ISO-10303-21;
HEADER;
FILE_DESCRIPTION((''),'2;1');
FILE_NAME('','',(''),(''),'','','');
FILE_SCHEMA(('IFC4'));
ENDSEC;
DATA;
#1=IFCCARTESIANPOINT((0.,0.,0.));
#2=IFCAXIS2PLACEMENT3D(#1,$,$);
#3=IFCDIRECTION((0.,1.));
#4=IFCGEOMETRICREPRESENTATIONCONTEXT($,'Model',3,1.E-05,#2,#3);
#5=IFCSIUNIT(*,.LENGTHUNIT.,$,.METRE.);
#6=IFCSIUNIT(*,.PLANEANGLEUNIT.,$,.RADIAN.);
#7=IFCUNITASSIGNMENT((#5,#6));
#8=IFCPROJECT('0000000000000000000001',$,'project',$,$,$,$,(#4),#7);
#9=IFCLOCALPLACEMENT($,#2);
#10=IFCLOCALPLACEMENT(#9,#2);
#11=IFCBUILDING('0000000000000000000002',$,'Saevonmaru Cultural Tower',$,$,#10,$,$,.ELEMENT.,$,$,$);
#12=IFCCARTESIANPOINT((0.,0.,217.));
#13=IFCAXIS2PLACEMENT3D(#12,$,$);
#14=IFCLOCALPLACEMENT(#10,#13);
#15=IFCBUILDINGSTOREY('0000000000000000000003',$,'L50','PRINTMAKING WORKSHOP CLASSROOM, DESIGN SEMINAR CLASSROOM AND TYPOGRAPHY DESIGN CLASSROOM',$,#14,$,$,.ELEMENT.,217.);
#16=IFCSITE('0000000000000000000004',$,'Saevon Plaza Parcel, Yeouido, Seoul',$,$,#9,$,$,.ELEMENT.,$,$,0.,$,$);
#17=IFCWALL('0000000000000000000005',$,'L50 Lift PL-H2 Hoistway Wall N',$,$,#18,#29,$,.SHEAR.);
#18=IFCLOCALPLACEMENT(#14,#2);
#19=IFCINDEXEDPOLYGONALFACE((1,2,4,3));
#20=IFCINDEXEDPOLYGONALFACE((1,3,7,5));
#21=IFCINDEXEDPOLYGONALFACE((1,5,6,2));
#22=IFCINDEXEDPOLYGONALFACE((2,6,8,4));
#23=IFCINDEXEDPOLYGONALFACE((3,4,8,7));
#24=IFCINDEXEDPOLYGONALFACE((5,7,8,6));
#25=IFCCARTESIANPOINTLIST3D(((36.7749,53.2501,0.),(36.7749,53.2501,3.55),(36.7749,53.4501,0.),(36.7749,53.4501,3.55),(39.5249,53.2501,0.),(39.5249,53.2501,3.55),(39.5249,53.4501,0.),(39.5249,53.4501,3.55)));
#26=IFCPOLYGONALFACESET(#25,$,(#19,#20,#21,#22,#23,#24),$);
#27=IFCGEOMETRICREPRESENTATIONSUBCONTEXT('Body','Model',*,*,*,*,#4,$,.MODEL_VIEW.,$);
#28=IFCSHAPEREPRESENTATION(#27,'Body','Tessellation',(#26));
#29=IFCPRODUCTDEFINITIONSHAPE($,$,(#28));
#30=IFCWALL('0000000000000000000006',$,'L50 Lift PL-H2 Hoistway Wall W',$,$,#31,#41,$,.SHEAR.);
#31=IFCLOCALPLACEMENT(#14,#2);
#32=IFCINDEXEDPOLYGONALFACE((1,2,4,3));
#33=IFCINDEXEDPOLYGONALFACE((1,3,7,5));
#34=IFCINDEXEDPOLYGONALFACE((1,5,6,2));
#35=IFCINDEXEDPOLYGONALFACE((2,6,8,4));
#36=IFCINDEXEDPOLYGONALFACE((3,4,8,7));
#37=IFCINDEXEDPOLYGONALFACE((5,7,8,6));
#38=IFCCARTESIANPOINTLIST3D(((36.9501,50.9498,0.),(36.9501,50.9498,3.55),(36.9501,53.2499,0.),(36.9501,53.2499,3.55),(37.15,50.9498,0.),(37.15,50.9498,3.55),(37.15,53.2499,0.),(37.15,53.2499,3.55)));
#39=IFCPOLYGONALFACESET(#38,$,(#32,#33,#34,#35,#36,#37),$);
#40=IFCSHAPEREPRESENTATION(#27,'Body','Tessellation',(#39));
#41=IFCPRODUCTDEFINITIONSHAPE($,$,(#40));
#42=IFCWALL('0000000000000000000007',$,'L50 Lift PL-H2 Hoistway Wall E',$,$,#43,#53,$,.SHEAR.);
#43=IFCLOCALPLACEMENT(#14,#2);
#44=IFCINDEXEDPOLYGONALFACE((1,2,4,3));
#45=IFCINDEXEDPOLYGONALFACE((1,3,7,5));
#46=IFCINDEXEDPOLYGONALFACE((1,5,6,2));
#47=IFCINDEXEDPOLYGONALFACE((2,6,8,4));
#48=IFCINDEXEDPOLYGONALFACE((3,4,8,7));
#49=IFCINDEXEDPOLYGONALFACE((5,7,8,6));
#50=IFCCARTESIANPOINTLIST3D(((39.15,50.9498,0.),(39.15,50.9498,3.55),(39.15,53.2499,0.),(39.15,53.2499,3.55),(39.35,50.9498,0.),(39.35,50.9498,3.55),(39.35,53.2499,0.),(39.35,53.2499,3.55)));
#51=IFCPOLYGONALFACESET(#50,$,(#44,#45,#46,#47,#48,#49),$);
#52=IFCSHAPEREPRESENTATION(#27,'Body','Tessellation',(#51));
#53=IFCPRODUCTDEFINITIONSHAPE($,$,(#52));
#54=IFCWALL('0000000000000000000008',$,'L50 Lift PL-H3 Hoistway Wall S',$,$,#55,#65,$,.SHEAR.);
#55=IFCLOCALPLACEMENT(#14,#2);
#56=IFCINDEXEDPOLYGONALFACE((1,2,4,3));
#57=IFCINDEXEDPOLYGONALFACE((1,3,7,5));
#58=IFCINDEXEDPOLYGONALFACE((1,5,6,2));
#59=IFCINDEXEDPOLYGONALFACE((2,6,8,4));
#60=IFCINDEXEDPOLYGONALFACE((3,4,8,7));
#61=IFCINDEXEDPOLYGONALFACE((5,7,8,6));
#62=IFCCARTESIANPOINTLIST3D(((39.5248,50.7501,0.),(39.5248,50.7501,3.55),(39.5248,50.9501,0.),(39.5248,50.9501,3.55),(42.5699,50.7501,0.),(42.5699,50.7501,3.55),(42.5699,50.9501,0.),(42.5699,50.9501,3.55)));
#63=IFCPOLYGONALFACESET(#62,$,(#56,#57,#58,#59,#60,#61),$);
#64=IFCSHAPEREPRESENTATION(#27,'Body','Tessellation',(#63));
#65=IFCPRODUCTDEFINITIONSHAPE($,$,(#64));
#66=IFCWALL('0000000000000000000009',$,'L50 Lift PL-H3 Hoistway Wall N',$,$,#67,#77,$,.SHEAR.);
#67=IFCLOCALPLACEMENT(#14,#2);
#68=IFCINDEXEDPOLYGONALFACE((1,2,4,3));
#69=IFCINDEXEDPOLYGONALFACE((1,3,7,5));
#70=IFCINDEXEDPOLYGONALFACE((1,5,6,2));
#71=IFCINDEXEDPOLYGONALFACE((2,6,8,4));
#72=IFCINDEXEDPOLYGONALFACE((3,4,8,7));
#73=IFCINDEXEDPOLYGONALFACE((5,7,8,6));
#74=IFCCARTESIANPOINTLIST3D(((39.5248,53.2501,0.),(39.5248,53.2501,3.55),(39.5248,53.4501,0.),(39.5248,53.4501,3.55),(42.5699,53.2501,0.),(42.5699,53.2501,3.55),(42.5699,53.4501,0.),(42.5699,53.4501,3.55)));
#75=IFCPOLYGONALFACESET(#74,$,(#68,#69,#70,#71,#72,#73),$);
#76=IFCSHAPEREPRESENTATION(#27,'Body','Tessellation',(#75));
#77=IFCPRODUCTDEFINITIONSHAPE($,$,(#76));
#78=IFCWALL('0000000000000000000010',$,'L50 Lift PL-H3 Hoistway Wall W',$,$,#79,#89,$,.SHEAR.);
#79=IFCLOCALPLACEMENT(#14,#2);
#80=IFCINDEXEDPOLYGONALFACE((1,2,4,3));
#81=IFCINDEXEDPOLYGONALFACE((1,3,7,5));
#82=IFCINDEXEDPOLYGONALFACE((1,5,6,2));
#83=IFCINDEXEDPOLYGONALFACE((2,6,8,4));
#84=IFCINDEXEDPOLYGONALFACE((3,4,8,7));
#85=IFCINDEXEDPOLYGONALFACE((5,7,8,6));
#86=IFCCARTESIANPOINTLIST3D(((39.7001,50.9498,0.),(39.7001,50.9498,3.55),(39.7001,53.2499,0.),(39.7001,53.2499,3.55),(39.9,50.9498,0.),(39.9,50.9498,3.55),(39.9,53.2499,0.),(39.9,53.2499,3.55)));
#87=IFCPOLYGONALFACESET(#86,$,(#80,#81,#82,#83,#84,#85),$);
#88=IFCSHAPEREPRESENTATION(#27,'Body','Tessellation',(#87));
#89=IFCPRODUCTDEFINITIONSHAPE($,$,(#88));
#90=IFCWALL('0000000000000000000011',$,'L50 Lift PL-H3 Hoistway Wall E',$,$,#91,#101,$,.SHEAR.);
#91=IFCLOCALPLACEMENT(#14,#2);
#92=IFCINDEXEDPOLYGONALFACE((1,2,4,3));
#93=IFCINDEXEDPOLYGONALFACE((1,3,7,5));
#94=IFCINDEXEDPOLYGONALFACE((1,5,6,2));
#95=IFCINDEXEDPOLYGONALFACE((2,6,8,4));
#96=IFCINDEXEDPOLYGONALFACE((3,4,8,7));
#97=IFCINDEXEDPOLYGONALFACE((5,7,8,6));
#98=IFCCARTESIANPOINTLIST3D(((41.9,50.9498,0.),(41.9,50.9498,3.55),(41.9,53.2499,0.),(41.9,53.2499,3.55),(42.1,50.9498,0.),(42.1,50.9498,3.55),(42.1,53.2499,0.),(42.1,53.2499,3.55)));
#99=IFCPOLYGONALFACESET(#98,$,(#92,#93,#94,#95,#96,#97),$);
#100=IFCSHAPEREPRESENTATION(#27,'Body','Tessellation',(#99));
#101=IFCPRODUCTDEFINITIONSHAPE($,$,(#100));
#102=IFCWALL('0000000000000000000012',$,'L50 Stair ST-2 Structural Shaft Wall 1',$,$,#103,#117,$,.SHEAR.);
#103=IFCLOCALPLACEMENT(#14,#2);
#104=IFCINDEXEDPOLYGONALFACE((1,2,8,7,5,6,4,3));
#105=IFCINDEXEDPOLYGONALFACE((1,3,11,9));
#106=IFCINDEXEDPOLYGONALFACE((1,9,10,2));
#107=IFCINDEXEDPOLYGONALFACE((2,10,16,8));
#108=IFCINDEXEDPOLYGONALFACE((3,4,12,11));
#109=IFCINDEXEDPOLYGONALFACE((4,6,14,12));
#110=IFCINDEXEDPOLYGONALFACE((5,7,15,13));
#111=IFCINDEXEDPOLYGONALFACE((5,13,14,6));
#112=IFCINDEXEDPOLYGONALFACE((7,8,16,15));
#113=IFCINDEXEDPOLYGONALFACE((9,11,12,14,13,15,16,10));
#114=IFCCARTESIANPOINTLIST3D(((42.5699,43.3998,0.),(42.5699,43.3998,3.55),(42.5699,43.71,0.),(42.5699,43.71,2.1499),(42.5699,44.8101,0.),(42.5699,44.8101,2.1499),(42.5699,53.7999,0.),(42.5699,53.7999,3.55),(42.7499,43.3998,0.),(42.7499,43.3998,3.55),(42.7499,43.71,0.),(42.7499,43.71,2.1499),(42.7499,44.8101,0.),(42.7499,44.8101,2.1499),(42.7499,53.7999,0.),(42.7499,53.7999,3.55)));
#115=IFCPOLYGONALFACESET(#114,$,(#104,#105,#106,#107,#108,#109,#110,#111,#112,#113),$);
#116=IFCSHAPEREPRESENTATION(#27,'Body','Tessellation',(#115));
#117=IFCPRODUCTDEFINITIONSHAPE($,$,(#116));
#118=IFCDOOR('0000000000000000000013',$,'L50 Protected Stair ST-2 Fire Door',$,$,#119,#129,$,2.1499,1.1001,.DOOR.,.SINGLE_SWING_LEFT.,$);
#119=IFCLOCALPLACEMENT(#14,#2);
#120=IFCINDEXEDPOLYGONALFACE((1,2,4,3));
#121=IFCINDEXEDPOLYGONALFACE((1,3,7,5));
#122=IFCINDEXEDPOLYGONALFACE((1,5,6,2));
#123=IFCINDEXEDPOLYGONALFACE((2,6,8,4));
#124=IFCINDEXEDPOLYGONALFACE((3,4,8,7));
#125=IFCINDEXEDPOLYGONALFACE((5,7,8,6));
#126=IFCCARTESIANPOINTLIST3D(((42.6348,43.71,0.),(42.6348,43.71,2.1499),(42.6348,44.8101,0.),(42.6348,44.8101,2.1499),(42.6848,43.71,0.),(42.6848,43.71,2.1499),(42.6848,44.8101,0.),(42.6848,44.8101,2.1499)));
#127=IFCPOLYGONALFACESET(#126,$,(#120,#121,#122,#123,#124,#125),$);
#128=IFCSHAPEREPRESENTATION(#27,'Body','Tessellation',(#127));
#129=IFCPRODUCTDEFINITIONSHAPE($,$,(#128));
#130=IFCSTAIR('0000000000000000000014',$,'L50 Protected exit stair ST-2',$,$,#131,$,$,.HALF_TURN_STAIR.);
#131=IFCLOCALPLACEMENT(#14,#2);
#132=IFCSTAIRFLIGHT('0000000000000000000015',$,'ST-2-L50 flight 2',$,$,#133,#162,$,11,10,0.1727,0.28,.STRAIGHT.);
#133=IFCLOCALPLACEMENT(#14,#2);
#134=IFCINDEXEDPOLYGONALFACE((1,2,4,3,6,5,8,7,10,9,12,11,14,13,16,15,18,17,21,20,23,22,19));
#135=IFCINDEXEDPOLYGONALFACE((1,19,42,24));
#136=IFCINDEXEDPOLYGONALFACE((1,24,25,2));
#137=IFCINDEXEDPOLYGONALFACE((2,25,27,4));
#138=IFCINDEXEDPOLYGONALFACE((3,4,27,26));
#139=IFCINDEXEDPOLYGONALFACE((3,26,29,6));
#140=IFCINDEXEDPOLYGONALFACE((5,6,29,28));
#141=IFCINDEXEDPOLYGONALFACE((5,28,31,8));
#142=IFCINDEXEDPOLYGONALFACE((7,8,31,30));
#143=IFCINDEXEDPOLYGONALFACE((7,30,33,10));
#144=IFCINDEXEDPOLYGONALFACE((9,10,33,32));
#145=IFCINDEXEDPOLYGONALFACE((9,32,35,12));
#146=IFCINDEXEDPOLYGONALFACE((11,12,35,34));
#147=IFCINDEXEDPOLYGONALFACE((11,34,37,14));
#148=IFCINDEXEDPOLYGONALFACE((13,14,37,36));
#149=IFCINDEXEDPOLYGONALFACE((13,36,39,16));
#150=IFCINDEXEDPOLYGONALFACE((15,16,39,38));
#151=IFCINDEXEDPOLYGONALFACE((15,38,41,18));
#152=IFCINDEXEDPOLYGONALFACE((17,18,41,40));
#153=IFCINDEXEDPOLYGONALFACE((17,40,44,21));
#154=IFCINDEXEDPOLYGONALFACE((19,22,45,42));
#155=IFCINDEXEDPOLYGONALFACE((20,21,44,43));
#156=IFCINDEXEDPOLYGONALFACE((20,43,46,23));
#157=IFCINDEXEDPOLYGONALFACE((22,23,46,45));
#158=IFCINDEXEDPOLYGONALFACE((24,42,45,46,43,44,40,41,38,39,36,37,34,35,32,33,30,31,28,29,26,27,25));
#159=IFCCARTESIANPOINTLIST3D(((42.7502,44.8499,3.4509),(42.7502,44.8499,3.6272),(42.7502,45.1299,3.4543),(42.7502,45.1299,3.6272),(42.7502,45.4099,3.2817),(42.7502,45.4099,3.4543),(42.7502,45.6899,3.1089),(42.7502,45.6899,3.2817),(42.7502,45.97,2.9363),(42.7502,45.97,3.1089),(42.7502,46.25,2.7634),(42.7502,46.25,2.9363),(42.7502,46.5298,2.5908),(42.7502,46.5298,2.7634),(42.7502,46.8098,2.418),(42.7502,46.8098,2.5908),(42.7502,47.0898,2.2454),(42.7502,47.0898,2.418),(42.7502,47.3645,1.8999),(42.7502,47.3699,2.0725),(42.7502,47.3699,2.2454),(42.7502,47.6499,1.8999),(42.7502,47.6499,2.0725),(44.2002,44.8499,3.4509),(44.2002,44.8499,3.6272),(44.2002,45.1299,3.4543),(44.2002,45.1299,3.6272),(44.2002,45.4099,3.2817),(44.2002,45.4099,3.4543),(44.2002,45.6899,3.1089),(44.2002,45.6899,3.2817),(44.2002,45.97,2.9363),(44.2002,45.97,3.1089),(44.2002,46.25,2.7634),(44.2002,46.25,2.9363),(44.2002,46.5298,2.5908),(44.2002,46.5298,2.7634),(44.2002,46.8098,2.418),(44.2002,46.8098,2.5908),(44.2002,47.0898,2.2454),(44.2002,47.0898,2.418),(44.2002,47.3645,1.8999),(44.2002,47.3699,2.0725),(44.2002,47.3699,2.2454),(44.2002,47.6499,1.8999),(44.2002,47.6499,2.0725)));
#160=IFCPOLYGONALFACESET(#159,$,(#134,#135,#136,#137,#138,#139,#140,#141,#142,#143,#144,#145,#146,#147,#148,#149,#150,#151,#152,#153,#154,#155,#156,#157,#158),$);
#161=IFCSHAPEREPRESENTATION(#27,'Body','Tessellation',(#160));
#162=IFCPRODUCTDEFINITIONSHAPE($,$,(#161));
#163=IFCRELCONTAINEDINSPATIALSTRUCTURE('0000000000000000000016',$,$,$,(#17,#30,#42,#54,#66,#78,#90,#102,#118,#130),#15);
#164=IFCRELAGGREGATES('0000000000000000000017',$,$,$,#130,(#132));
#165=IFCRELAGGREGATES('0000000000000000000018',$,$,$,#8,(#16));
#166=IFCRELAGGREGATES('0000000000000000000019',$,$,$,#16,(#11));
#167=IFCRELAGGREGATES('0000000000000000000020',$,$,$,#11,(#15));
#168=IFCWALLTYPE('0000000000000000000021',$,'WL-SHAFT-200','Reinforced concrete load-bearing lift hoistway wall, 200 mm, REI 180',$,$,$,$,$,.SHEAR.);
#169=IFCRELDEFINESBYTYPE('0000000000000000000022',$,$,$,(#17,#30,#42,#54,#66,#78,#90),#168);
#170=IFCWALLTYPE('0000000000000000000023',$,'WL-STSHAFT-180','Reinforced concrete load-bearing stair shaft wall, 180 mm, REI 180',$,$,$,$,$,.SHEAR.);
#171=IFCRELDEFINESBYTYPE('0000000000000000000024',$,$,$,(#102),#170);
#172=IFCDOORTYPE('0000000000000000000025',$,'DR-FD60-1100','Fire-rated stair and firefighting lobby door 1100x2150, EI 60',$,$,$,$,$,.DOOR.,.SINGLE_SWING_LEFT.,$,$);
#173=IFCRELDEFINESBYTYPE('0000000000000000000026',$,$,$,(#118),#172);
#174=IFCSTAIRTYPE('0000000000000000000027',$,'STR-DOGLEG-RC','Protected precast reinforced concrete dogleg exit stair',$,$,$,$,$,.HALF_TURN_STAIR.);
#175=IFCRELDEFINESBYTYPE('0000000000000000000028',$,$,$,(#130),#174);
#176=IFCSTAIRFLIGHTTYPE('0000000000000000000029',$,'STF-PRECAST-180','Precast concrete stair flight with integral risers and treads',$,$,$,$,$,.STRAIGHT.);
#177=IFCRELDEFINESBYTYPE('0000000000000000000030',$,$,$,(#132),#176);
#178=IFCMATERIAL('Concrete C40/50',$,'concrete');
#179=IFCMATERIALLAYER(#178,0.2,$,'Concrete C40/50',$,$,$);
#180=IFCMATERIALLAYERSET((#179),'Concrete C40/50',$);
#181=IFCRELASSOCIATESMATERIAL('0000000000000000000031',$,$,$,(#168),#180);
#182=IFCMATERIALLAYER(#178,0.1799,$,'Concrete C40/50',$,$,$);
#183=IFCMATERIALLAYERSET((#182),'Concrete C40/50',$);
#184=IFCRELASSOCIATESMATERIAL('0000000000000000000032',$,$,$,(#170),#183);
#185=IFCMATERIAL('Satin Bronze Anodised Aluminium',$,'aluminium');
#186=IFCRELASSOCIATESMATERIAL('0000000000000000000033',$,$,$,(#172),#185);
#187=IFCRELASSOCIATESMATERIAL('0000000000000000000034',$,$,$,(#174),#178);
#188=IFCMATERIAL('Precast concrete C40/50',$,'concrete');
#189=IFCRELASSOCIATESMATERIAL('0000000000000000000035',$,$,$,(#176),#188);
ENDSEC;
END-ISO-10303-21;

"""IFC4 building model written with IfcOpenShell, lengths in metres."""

from ifc_helpers import new_model, si_unit, direction, frame, frame_2d, origin, place, context, subcontext, project, spatial, polyline, rectangle, outline, extrude, material, layer, layer_set, type_object, element, fill, aggregate, save


model = new_model("IFC4")

# Units and contexts
model_context = context("Model", 3, precision=1e-05, world=origin(), true_north=direction((0.0, 1.0)))
body_context = subcontext(model_context, "Body", "Model", "MODEL_VIEW")
ifc_project = project(units=[si_unit("LENGTHUNIT", "METRE"), si_unit("PLANEANGLEUNIT", "RADIAN")], contexts=[model_context])

# Site, building, storey
site_placement = place(None, origin())
site = spatial("IfcSite", under=ifc_project, at=site_placement, Name="Saevon Plaza Parcel, Yeouido, Seoul", CompositionType="ELEMENT", RefElevation=0.0)
building_placement = place(site_placement, origin())
building = spatial("IfcBuilding", under=site, at=building_placement, Name="Saevonmaru Cultural Tower", CompositionType="ELEMENT")
storey_placement = place(building_placement, frame((0.0, 0.0, 217.0)))
storey = spatial("IfcBuildingStorey", under=building, at=storey_placement, Name="L50", Description="PRINTMAKING WORKSHOP CLASSROOM, DESIGN SEMINAR CLASSROOM AND TYPOGRAPHY DESIGN CLASSROOM", CompositionType="ELEMENT", Elevation=217.0)

# Shared definitions
ifc_material_1 = material(Name="Satin Bronze Anodised Aluminium", Category="aluminium")

# Walls
ifc_material_2 = material(Name="Concrete C40/50", Category="concrete")
ifc_layer_1 = layer(ifc_material_2, 0.2, Name="Concrete C40/50")
ifc_layer_set_1 = layer_set([ifc_layer_1], Name="Concrete C40/50")
wall_type_1 = type_object("IfcWallType", Name="WL-SHAFT-200", Description="Reinforced concrete load-bearing lift hoistway wall, 200 mm, REI 180", PredefinedType="SHEAR", material=ifc_layer_set_1)
for number, where, z_axis, x_axis, name in (
    (1, (36.7749, 53.3501, 0.0), (0.0, 0.0, 1.0), (1.0, 0.0, 0.0), "L50 Lift PL-H2 Hoistway Wall N"),
):
    element("IfcWall", number, at=place(storey_placement, frame(where, z_axis=z_axis, x_axis=x_axis)), inside=storey, type_object=wall_type_1, Name=name, PredefinedType="SHEAR", context=body_context, shape_type="SweptSolid", body=[
        extrude(rectangle(XDim=2.75, YDim=0.2, at=frame_2d((1.375, 0.0))), origin(), (0.0, 0.0, 1.0), 3.55),
    ])
for number, where, z_axis, x_axis, name in (
    (2, (37.05, 50.95, 0.0), (0.0, 0.0, 1.0), (0.0, 1.0, 0.0), "L50 Lift PL-H2 Hoistway Wall W"),
    (3, (39.25, 50.95, 0.0), (0.0, 0.0, 1.0), (0.0, 1.0, 0.0), "L50 Lift PL-H2 Hoistway Wall E"),
):
    element("IfcWall", number, at=place(storey_placement, frame(where, z_axis=z_axis, x_axis=x_axis)), inside=storey, type_object=wall_type_1, Name=name, PredefinedType="SHEAR", context=body_context, shape_type="SweptSolid", body=[
        extrude(rectangle(XDim=2.3, YDim=0.2, at=frame_2d((1.1499, 0.0))), origin(), (0.0, 0.0, 1.0), 3.55),
    ])
for number, where, z_axis, x_axis, name in (
    (4, (39.5249, 50.8501, 0.0), (0.0, 0.0, 1.0), (1.0, 0.0, 0.0), "L50 Lift PL-H3 Hoistway Wall S"),
    (5, (39.5249, 53.3501, 0.0), (0.0, 0.0, 1.0), (1.0, 0.0, 0.0), "L50 Lift PL-H3 Hoistway Wall N"),
):
    element("IfcWall", number, at=place(storey_placement, frame(where, z_axis=z_axis, x_axis=x_axis)), inside=storey, type_object=wall_type_1, Name=name, PredefinedType="SHEAR", context=body_context, shape_type="SweptSolid", body=[
        extrude(rectangle(XDim=3.0452, YDim=0.2, at=frame_2d((1.5225, 0.0))), origin(), (0.0, 0.0, 1.0), 3.55),
    ])
for number, where, z_axis, x_axis, name in (
    (6, (39.8, 50.95, 0.0), (0.0, 0.0, 1.0), (0.0, 1.0, 0.0), "L50 Lift PL-H3 Hoistway Wall W"),
    (7, (42.0, 50.95, 0.0), (0.0, 0.0, 1.0), (0.0, 1.0, 0.0), "L50 Lift PL-H3 Hoistway Wall E"),
):
    element("IfcWall", number, at=place(storey_placement, frame(where, z_axis=z_axis, x_axis=x_axis)), inside=storey, type_object=wall_type_1, Name=name, PredefinedType="SHEAR", context=body_context, shape_type="SweptSolid", body=[
        extrude(rectangle(XDim=2.3, YDim=0.2, at=frame_2d((1.1499, 0.0))), origin(), (0.0, 0.0, 1.0), 3.55),
    ])

# Wall, opening, door
ifc_layer_2 = layer(ifc_material_2, 0.1799, Name="Concrete C40/50")
ifc_layer_set_2 = layer_set([ifc_layer_2], Name="Concrete C40/50")
wall_type_2 = type_object("IfcWallType", Name="WL-STSHAFT-180", Description="Reinforced concrete load-bearing stair shaft wall, 180 mm, REI 180", PredefinedType="SHEAR", material=ifc_layer_set_2)
wall_1_placement = place(storey_placement, frame((42.6599, 53.8, 0.0), z_axis=(0.0, 0.0, 1.0), x_axis=(0.0, -1.0, 0.0)))
wall_1 = element("IfcWall", 8, at=wall_1_placement, inside=storey, type_object=wall_type_2, Name="L50 Stair ST-2 Structural Shaft Wall 1", PredefinedType="SHEAR", context=body_context, shape_type="SweptSolid", body=[
    extrude(rectangle(XDim=10.4001, YDim=0.1799, at=frame_2d((5.2002, 0.0))), origin(), (0.0, 0.0, 1.0), 3.55),
])
opening_placement = place(wall_1_placement, frame((8.99, 0.0, 0.0)))
opening = element("IfcOpeningElement", 9, at=opening_placement, cuts=wall_1, PredefinedType="OPENING", context=body_context, shape_type="SweptSolid", body=[
    extrude(rectangle(XDim=1.1001, YDim=2.1499, at=frame_2d((0.55, 1.075))), frame((0.0, 0.1001, 0.0), z_axis=(0.0, -1.0, 0.0), x_axis=(1.0, 0.0, 0.0)), (0.0, 0.0, 1.0), 0.2),
])
door_type = type_object("IfcDoorType", Name="DR-FD60-1100", Description="Fire-rated stair and firefighting lobby door 1100x2150, EI 60", OperationType="SINGLE_SWING_LEFT", PredefinedType="DOOR", material=ifc_material_1)
door_placement = place(opening_placement, origin())
door = element("IfcDoor", 10, at=door_placement, inside=storey, type_object=door_type, Name="L50 Protected Stair ST-2 Fire Door", OperationType="SINGLE_SWING_LEFT", OverallHeight=2.1499, OverallWidth=1.1001, PredefinedType="DOOR", context=body_context, shape_type="SweptSolid", body=[
    extrude(rectangle(XDim=1.1001, YDim=2.1499, at=frame_2d((0.55, 1.075))), frame((0.0, 0.0249, 0.0), z_axis=(0.0, -1.0, 0.0), x_axis=(1.0, 0.0, 0.0)), (0.0, 0.0, 1.0), 0.05),
])
fill(opening, door)

# Stair, stair flight
stair_type = type_object("IfcStairType", Name="STR-DOGLEG-RC", Description="Protected precast reinforced concrete dogleg exit stair", PredefinedType="HALF_TURN_STAIR", material=ifc_material_2)
stair_placement = place(storey_placement, origin())
stair = element("IfcStair", 11, at=stair_placement, inside=storey, type_object=stair_type, Name="L50 Protected exit stair ST-2", PredefinedType="HALF_TURN_STAIR")
ifc_material_3 = material(Name="Precast concrete C40/50", Category="concrete")
stair_flight_type = type_object("IfcStairFlightType", Name="STF-PRECAST-180", Description="Precast concrete stair flight with integral risers and treads", PredefinedType="STRAIGHT", material=ifc_material_3)
stair_flight_placement = place(storey_placement, frame((43.4751, 47.6499, 1.8999), z_axis=(0.0, 0.0, 1.0), x_axis=(0.0, -1.0, 0.0)))
stair_flight = element("IfcStairFlight", 12, at=stair_flight_placement, type_object=stair_flight_type, Name="ST-2-L50 flight 2", NumberOfRisers=11, NumberOfTreads=10, PredefinedType="STRAIGHT", RiserHeight=0.1727, TreadLength=0.28, context=body_context, shape_type="SweptSolid", body=[
    extrude(outline(polyline([(0.0, 0.0), (0.0, 0.1726), (0.28, 0.1726), (0.28, 0.3455), (0.5601, 0.3455), (0.5601, 0.5181), (0.8401, 0.5181), (0.8401, 0.6909), (1.1201, 0.6909), (1.1201, 0.8635), (1.3999, 0.8635), (1.3999, 1.0364), (1.6799, 1.0364), (1.6799, 1.209), (1.96, 1.209), (1.96, 1.3818), (2.24, 1.3818), (2.24, 1.5544), (2.52, 1.5544), (2.52, 1.7273), (2.8, 1.7273), (2.8, 1.8999), (2.8, 1.551), (0.2854, 0.0), (0.0, 0.0)])), frame((0.0, 0.7251, 0.0), z_axis=(0.0, -1.0, 0.0), x_axis=(1.0, 0.0, 0.0)), (0.0, 0.0, 1.0), 1.45),
])
aggregate(stair, [stair_flight])

save(model, "model.ifc")
